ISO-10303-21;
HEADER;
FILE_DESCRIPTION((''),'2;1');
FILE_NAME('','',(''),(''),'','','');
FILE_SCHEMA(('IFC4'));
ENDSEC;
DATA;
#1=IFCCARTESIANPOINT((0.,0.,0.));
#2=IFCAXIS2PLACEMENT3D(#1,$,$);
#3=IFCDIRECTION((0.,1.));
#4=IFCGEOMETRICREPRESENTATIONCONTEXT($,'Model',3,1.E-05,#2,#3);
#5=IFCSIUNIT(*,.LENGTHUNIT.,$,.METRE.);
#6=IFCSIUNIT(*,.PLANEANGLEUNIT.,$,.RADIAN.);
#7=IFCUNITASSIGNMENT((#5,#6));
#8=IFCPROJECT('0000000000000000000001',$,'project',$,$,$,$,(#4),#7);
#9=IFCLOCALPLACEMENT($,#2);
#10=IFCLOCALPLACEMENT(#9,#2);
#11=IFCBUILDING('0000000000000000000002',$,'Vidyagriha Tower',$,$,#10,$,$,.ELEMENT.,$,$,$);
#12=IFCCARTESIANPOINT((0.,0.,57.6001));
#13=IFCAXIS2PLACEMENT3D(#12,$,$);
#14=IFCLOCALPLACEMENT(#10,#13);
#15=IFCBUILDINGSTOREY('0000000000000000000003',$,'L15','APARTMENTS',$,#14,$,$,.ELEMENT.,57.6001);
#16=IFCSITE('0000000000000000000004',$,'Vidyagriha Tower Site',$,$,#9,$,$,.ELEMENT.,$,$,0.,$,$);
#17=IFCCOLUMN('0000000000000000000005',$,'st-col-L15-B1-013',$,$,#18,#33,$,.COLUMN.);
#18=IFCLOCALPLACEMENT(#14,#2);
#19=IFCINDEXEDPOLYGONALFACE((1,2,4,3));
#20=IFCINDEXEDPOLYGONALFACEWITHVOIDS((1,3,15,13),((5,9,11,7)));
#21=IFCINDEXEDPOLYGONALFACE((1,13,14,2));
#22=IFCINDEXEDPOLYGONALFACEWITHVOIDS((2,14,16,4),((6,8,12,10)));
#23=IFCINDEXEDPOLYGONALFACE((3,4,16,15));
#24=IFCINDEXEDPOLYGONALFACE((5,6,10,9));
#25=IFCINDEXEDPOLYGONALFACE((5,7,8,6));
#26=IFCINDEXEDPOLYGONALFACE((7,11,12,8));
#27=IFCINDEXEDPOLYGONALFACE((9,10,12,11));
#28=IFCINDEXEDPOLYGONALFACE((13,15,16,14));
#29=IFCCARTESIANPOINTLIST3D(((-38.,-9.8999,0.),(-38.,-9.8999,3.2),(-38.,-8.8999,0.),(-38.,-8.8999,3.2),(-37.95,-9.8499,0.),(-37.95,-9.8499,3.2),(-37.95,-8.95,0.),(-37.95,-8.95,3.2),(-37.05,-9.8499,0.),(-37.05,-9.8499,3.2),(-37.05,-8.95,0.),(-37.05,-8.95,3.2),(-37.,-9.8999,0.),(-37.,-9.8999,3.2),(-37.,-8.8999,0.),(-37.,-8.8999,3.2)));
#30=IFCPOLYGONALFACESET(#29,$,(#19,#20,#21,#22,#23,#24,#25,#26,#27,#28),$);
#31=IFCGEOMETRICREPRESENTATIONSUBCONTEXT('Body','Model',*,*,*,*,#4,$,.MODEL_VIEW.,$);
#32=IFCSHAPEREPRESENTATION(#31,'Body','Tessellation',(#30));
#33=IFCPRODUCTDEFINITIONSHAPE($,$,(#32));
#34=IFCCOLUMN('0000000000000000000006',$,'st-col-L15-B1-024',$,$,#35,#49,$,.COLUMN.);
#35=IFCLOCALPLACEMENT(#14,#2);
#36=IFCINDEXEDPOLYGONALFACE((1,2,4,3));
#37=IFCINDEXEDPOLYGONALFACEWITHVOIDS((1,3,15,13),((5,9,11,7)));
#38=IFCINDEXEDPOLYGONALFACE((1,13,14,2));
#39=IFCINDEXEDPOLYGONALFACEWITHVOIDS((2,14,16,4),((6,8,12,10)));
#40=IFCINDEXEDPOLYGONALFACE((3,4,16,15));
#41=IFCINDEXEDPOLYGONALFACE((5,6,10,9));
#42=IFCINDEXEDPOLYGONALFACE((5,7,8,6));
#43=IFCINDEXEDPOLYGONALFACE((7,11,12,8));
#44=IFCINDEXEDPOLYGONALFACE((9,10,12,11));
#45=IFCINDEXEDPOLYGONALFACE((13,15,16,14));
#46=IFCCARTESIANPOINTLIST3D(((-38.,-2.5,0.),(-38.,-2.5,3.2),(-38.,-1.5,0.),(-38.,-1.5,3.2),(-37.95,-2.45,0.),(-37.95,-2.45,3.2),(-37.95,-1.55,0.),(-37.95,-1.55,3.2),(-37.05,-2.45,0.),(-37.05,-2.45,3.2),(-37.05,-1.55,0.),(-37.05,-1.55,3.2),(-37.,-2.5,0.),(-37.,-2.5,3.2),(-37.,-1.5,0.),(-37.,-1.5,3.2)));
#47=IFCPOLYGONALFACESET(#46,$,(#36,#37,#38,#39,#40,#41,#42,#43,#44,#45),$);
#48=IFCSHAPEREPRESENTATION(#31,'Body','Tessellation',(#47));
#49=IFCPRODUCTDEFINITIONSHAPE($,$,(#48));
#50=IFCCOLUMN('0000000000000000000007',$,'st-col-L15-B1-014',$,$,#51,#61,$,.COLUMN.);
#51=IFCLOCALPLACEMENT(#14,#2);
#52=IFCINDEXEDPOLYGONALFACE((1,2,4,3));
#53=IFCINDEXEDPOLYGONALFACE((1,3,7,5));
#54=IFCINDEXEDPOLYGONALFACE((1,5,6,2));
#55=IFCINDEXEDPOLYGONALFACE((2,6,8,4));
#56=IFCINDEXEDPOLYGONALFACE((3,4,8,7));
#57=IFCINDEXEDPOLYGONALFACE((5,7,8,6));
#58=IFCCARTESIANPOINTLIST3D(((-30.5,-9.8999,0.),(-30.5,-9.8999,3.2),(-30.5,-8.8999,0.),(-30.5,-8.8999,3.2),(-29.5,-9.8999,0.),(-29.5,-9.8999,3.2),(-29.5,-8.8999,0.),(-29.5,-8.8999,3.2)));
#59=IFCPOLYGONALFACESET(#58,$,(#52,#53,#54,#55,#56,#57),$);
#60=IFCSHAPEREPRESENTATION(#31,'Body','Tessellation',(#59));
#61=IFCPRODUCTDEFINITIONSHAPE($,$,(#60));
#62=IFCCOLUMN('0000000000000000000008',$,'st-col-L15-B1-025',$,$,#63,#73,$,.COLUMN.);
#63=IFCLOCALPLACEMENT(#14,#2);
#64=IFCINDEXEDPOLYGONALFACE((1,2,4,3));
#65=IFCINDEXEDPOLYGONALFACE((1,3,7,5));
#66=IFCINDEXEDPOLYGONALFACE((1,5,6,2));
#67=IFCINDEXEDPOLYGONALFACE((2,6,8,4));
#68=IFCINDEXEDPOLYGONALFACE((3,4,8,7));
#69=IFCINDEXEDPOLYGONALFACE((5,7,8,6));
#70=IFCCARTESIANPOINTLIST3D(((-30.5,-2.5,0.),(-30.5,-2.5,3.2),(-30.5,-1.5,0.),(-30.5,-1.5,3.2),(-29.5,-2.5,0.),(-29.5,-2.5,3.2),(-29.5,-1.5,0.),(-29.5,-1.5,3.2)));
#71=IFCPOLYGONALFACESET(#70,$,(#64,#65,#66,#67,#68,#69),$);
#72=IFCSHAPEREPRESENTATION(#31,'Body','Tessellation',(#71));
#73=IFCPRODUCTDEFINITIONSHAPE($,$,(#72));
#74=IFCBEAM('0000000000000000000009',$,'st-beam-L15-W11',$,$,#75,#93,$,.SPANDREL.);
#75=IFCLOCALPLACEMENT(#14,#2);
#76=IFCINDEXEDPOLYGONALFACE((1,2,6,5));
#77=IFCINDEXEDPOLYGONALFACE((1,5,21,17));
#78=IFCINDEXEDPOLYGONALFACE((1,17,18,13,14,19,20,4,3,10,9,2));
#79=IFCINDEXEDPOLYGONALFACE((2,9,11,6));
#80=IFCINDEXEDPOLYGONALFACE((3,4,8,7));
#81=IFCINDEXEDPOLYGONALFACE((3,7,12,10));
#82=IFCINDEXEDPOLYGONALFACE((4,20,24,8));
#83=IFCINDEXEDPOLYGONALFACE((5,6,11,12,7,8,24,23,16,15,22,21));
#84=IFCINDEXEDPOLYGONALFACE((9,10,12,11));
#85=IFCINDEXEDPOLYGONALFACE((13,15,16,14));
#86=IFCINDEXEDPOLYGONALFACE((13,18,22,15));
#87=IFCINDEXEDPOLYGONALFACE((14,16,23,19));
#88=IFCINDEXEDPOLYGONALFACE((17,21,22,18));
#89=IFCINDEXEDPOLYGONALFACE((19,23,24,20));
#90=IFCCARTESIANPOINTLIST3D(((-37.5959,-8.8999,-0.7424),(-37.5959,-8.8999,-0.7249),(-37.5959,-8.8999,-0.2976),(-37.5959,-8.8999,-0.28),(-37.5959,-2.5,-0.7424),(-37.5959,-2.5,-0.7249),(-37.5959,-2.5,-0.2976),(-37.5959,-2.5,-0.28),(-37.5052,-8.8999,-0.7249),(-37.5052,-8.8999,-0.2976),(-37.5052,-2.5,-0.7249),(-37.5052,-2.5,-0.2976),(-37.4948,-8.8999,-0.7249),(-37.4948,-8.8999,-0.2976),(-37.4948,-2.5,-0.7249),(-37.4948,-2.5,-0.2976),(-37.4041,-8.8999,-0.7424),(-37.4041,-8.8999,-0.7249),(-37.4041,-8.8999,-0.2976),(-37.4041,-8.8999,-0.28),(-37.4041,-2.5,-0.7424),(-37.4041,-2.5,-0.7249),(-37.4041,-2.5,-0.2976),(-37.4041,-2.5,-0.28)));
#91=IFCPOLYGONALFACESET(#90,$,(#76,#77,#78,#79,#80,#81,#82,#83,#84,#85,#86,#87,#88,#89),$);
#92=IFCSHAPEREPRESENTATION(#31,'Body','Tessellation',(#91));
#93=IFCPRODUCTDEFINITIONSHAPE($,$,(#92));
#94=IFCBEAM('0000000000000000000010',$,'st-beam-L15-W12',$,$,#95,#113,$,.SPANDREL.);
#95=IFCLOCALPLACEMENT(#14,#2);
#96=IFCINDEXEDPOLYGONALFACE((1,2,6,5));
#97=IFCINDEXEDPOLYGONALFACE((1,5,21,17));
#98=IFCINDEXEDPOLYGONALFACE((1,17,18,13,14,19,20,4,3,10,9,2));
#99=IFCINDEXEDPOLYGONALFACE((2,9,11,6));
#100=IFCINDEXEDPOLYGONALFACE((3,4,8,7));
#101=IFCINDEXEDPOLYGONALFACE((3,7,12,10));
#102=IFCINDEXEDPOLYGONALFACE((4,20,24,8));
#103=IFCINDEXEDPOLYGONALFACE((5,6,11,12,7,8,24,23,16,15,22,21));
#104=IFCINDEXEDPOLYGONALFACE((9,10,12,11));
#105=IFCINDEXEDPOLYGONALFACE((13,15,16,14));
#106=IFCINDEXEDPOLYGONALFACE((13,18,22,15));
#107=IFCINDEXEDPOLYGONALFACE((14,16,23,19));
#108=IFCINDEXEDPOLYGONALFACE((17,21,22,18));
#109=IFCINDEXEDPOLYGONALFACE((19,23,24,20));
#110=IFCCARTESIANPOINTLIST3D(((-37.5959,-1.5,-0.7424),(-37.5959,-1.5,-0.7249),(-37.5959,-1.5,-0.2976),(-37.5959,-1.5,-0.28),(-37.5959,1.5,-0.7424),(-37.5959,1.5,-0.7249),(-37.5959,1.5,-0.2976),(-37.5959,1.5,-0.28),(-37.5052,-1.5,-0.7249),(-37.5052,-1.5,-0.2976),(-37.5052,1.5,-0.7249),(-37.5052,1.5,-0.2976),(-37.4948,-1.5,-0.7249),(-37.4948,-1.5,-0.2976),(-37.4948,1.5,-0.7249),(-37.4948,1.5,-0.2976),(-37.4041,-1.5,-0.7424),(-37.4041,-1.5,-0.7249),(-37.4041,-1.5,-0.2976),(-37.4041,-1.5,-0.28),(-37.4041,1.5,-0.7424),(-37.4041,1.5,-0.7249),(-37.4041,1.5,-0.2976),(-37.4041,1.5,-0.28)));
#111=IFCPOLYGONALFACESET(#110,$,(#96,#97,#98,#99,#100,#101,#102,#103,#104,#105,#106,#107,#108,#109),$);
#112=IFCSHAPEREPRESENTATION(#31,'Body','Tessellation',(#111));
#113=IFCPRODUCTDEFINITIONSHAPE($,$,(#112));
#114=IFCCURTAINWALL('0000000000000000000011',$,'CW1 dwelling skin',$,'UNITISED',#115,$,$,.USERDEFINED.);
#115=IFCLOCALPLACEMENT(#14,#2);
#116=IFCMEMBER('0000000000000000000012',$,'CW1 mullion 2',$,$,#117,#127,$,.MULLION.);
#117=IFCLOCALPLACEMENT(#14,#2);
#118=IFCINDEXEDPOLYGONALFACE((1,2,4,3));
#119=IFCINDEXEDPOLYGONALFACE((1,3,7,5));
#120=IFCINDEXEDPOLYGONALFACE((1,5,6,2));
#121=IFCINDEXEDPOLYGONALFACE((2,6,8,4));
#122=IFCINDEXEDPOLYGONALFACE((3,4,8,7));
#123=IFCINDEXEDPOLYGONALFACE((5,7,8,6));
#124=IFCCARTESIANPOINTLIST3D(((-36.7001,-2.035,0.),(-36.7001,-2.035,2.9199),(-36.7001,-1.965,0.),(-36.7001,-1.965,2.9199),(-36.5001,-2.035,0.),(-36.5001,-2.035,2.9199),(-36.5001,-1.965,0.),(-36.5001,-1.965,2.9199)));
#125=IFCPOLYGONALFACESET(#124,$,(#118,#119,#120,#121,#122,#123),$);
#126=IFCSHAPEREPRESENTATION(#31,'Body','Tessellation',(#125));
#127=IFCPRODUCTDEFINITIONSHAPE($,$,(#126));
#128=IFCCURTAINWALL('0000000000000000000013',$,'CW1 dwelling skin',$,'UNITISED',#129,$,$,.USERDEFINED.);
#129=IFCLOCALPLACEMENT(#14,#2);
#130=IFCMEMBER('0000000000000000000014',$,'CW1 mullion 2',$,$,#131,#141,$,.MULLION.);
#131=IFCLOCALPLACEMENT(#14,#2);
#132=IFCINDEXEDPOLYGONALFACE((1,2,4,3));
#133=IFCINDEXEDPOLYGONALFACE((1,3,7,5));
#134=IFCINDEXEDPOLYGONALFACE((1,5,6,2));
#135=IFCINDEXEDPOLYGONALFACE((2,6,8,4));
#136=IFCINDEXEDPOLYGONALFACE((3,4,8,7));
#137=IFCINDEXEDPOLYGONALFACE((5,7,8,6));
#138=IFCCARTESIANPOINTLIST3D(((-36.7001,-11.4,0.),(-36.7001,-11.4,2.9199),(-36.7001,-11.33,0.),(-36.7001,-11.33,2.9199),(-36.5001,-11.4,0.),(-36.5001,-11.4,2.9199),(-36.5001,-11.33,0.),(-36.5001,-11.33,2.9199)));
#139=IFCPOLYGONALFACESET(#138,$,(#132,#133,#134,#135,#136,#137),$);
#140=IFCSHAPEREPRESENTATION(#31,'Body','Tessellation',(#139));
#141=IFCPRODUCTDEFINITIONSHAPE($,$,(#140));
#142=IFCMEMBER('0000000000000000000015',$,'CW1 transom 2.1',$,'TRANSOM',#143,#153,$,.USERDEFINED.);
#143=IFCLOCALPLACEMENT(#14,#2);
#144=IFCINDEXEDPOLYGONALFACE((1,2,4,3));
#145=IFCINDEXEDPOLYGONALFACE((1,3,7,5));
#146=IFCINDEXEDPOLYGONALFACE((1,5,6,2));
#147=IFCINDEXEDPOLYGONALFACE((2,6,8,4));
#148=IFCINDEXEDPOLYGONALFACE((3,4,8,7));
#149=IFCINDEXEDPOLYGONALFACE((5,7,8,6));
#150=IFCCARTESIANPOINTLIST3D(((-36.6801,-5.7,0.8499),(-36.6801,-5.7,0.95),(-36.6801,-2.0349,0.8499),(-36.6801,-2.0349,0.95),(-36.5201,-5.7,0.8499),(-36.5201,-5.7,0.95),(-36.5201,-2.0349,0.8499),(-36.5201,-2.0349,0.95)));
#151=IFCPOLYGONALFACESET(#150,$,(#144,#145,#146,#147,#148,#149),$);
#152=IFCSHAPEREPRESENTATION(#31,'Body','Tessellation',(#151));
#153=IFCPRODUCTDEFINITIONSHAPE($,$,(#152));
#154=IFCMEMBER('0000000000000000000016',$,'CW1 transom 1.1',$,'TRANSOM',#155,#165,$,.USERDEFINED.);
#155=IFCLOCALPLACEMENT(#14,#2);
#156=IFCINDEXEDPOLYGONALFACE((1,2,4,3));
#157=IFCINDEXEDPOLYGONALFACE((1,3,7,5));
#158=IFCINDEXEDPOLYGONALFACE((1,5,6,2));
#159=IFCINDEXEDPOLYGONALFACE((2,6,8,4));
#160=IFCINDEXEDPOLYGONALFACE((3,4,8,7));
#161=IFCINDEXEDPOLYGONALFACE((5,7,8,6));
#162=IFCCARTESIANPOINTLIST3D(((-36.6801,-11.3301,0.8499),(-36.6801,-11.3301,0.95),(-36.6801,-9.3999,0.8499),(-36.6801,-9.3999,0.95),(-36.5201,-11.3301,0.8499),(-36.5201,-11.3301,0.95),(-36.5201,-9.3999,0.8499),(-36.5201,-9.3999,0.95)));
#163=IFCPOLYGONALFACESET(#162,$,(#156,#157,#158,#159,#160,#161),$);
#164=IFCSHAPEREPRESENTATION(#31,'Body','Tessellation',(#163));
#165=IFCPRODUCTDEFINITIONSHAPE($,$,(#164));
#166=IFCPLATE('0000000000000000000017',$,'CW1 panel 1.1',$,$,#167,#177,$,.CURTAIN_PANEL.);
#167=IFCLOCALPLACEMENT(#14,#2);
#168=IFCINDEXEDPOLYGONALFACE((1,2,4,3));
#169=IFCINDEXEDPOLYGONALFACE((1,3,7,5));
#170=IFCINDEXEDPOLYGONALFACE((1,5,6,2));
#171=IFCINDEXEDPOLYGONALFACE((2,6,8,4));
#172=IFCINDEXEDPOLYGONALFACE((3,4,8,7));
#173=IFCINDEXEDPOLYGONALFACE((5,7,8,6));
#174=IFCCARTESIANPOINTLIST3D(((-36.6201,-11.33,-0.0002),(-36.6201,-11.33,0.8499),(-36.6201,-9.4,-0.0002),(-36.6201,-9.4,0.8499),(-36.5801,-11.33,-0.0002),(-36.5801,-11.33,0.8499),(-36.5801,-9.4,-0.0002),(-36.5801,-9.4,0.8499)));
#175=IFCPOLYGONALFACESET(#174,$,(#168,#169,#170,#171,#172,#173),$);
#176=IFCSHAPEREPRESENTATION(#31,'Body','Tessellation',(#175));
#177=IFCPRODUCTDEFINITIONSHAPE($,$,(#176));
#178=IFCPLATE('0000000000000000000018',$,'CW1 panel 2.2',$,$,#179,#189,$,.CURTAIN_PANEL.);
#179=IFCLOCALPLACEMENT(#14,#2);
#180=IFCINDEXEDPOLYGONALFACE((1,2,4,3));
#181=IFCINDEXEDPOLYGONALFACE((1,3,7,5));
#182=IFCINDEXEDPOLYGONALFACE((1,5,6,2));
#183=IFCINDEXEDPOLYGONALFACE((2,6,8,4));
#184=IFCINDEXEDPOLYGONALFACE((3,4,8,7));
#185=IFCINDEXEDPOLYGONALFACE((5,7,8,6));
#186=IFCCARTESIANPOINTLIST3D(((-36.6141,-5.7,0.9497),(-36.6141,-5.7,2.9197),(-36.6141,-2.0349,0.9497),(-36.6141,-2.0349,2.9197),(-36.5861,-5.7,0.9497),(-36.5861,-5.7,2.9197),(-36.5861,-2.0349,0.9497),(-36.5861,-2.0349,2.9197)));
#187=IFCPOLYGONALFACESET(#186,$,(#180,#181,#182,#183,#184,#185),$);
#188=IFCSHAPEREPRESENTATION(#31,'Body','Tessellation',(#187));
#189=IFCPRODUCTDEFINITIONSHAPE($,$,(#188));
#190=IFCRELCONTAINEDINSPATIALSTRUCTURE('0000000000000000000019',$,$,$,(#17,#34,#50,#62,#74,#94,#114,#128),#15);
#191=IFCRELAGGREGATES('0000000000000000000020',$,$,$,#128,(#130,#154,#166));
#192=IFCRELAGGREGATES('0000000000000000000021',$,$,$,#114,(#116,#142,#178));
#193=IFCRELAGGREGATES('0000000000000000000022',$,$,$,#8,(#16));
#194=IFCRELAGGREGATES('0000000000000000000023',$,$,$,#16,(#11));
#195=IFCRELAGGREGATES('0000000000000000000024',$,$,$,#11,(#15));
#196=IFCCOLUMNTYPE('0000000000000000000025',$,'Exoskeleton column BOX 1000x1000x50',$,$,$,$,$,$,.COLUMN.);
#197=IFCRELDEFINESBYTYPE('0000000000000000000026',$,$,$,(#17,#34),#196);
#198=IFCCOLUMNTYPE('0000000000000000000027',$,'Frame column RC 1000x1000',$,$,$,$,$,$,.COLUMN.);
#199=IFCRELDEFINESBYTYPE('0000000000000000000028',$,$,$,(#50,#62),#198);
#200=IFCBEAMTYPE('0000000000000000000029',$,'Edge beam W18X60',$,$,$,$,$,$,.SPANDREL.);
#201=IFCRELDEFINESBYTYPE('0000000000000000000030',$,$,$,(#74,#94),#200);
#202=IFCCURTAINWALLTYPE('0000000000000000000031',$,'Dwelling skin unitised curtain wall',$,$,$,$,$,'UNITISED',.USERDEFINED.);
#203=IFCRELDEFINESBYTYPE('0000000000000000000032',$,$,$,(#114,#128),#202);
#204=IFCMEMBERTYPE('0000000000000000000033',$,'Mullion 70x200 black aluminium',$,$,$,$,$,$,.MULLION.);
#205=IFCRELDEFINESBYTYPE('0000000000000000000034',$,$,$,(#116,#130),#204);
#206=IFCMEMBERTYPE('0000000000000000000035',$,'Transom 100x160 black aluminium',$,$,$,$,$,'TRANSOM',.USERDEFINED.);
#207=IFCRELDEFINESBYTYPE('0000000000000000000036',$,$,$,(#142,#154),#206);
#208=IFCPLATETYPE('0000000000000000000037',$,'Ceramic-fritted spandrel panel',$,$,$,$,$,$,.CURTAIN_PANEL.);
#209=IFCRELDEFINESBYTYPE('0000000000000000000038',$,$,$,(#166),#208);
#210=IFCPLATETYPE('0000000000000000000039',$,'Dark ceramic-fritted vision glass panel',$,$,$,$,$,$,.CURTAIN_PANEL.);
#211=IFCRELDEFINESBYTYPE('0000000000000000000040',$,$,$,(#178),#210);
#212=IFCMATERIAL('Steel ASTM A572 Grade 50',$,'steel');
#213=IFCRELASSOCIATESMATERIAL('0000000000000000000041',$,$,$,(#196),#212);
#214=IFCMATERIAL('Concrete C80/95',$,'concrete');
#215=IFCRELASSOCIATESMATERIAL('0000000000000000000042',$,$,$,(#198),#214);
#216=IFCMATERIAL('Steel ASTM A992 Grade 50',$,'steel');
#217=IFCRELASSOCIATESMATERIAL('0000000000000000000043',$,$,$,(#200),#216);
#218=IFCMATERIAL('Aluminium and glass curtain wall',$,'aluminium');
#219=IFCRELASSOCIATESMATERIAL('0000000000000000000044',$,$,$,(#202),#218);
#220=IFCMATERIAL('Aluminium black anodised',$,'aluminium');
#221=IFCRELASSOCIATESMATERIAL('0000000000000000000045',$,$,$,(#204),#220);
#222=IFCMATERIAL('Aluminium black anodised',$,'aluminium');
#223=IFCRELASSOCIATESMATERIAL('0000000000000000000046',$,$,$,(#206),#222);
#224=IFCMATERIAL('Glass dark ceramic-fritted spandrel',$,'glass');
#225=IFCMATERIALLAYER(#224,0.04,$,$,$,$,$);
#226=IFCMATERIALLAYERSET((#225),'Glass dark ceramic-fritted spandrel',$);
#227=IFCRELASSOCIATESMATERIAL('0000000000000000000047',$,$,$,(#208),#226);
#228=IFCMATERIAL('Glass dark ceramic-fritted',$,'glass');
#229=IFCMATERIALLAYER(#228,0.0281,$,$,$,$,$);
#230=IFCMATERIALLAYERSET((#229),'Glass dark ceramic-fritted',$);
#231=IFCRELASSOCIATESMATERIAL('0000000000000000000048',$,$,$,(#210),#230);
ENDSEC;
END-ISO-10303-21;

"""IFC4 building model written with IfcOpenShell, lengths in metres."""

from ifc_helpers import new_model, si_unit, direction, frame, origin, origin_2d, place, context, subcontext, project, spatial, rectangle, hollow_rectangle, i_section, extrude, material, layer, layer_set, material_profile, profile_set, type_object, element, aggregate, save


model = new_model("IFC4")

# Units and contexts
model_context = context("Model", 3, precision=1e-05, world=origin(), true_north=direction((0.0, 1.0)))
body_context = subcontext(model_context, "Body", "Model", "MODEL_VIEW")
ifc_project = project(units=[si_unit("LENGTHUNIT", "METRE"), si_unit("PLANEANGLEUNIT", "RADIAN")], contexts=[model_context])

# Site, building, storey
site_placement = place(None, origin())
site = spatial("IfcSite", under=ifc_project, at=site_placement, Name="Vidyagriha Tower Site", CompositionType="ELEMENT", RefElevation=0.0)
building_placement = place(site_placement, origin())
building = spatial("IfcBuilding", under=site, at=building_placement, Name="Vidyagriha Tower", CompositionType="ELEMENT")
storey_placement = place(building_placement, frame((0.0, 0.0, 57.6001)))
storey = spatial("IfcBuildingStorey", under=building, at=storey_placement, Name="L15", Description="APARTMENTS", CompositionType="ELEMENT", Elevation=57.6001)

# Columns
ifc_material_1 = material(Name="Steel ASTM A572 Grade 50", Category="steel")
ifc_material_profile_1 = material_profile(ifc_material_1, hollow_rectangle(XDim=1.0, YDim=1.0, WallThickness=0.05, at=origin_2d()), Name="BOX 1000x1000x50")
ifc_profile_set_1 = profile_set([ifc_material_profile_1], Name="Steel ASTM A572 Grade 50")
column_type_1 = type_object("IfcColumnType", Name="Exoskeleton column BOX 1000x1000x50", PredefinedType="COLUMN", material=ifc_profile_set_1)
for number, where, name in (
    (1, (-37.5, -9.3999, 0.0), "st-col-L15-B1-013"),
    (2, (-37.5, -2.0, 0.0), "st-col-L15-B1-024"),
):
    element("IfcColumn", number, at=place(storey_placement, frame(where)), inside=storey, type_object=column_type_1, Name=name, PredefinedType="COLUMN", context=body_context, shape_type="SweptSolid", body=[
        extrude(hollow_rectangle(XDim=1.0, YDim=1.0, WallThickness=0.05, at=origin_2d()), origin(), (0.0, 0.0, 1.0), 3.2),
    ])
ifc_material_2 = material(Name="Concrete C80/95", Category="concrete")
ifc_material_profile_2 = material_profile(ifc_material_2, rectangle(XDim=1.0, YDim=1.0, at=origin_2d()), Name="RC 1000x1000")
ifc_profile_set_2 = profile_set([ifc_material_profile_2], Name="Concrete C80/95")
column_type_2 = type_object("IfcColumnType", Name="Frame column RC 1000x1000", PredefinedType="COLUMN", material=ifc_profile_set_2)
for number, where, name in (
    (3, (-30.0, -9.3999, 0.0), "st-col-L15-B1-014"),
    (4, (-30.0, -2.0, 0.0), "st-col-L15-B1-025"),
):
    element("IfcColumn", number, at=place(storey_placement, frame(where)), inside=storey, type_object=column_type_2, Name=name, PredefinedType="COLUMN", context=body_context, shape_type="SweptSolid", body=[
        extrude(rectangle(XDim=1.0, YDim=1.0, at=origin_2d()), origin(), (0.0, 0.0, 1.0), 3.2),
    ])

# Beams
ifc_material_3 = material(Name="Steel ASTM A992 Grade 50", Category="steel")
ifc_material_profile_3 = material_profile(ifc_material_3, i_section(OverallWidth=0.1919, OverallDepth=0.4624, WebThickness=0.0105, FlangeThickness=0.0176, at=origin_2d()), Name="W18X60")
ifc_profile_set_3 = profile_set([ifc_material_profile_3], Name="Steel ASTM A992 Grade 50")
beam_type = type_object("IfcBeamType", Name="Edge beam W18X60", PredefinedType="SPANDREL", material=ifc_profile_set_3)
beam_1_placement = place(storey_placement, frame((-37.5, -8.8999, -0.5112), z_axis=(0.0, 1.0, 0.0), x_axis=(-1.0, 0.0, 0.0)))
element("IfcBeam", 5, at=beam_1_placement, inside=storey, type_object=beam_type, Name="st-beam-L15-W11", PredefinedType="SPANDREL", context=body_context, shape_type="SweptSolid", body=[
    extrude(i_section(OverallWidth=0.1919, OverallDepth=0.4624, WebThickness=0.0105, FlangeThickness=0.0176, at=origin_2d()), origin(), (0.0, 0.0, 1.0), 6.3999),
])
beam_2_placement = place(storey_placement, frame((-37.5, -1.5, -0.5112), z_axis=(0.0, 1.0, 0.0), x_axis=(-1.0, 0.0, 0.0)))
element("IfcBeam", 6, at=beam_2_placement, inside=storey, type_object=beam_type, Name="st-beam-L15-W12", PredefinedType="SPANDREL", context=body_context, shape_type="SweptSolid", body=[
    extrude(i_section(OverallWidth=0.1919, OverallDepth=0.4624, WebThickness=0.0105, FlangeThickness=0.0176, at=origin_2d()), origin(), (0.0, 0.0, 1.0), 3.0),
])

# Curtain walls, members
ifc_material_4 = material(Name="Aluminium and glass curtain wall", Category="aluminium")
curtain_wall_type = type_object("IfcCurtainWallType", Name="Dwelling skin unitised curtain wall", ElementType="UNITISED", PredefinedType="USERDEFINED", material=ifc_material_4)
curtain_wall_1_placement = place(storey_placement, origin())
curtain_wall_1 = element("IfcCurtainWall", 7, at=curtain_wall_1_placement, inside=storey, type_object=curtain_wall_type, Name="CW1 dwelling skin", ObjectType="UNITISED", PredefinedType="USERDEFINED")
ifc_material_5 = material(Name="Aluminium black anodised", Category="aluminium")
ifc_material_profile_4 = material_profile(ifc_material_5, rectangle(XDim=0.2, YDim=0.0701, at=origin_2d()), Name="Mullion 70x200 black aluminium")
ifc_profile_set_4 = profile_set([ifc_material_profile_4], Name="Aluminium black anodised")
member_type_1 = type_object("IfcMemberType", Name="Mullion 70x200 black aluminium", PredefinedType="MULLION", material=ifc_profile_set_4)
member_1_placement = place(storey_placement, frame((-36.6001, -2.0, 0.0)))
member_1 = element("IfcMember", 8, at=member_1_placement, type_object=member_type_1, Name="CW1 mullion 2", PredefinedType="MULLION", context=body_context, shape_type="SweptSolid", body=[
    extrude(rectangle(XDim=0.2, YDim=0.0701, at=origin_2d()), origin(), (0.0, 0.0, 1.0), 2.9199),
])
curtain_wall_2_placement = place(storey_placement, origin())
curtain_wall_2 = element("IfcCurtainWall", 9, at=curtain_wall_2_placement, inside=storey, type_object=curtain_wall_type, Name="CW1 dwelling skin", ObjectType="UNITISED", PredefinedType="USERDEFINED")
member_2_placement = place(storey_placement, frame((-36.6001, -11.365, 0.0)))
member_2 = element("IfcMember", 10, at=member_2_placement, type_object=member_type_1, Name="CW1 mullion 2", PredefinedType="MULLION", context=body_context, shape_type="SweptSolid", body=[
    extrude(rectangle(XDim=0.2, YDim=0.0701, at=origin_2d()), origin(), (0.0, 0.0, 1.0), 2.9199),
])

# Members
ifc_material_6 = material(Name="Aluminium black anodised", Category="aluminium")
ifc_material_profile_5 = material_profile(ifc_material_6, rectangle(XDim=0.1599, YDim=0.1001, at=origin_2d()), Name="Transom 100x160 black aluminium")
ifc_profile_set_5 = profile_set([ifc_material_profile_5], Name="Aluminium black anodised")
member_type_2 = type_object("IfcMemberType", Name="Transom 100x160 black aluminium", ElementType="TRANSOM", PredefinedType="USERDEFINED", material=ifc_profile_set_5)
member_3_placement = place(storey_placement, frame((-36.6001, -2.0349, 0.8999), z_axis=(0.0, -1.0, 0.0), x_axis=(1.0, 0.0, 0.0)))
member_3 = element("IfcMember", 11, at=member_3_placement, type_object=member_type_2, Name="CW1 transom 2.1", ObjectType="TRANSOM", PredefinedType="USERDEFINED", context=body_context, shape_type="SweptSolid", body=[
    extrude(rectangle(XDim=0.1599, YDim=0.1001, at=origin_2d()), origin(), (0.0, 0.0, 1.0), 3.665),
])
member_4_placement = place(storey_placement, frame((-36.6001, -9.3999, 0.8999), z_axis=(0.0, -1.0, 0.0), x_axis=(1.0, 0.0, 0.0)))
member_4 = element("IfcMember", 12, at=member_4_placement, type_object=member_type_2, Name="CW1 transom 1.1", ObjectType="TRANSOM", PredefinedType="USERDEFINED", context=body_context, shape_type="SweptSolid", body=[
    extrude(rectangle(XDim=0.1599, YDim=0.1001, at=origin_2d()), origin(), (0.0, 0.0, 1.0), 1.9302),
])

# Plates
ifc_material_7 = material(Name="Glass dark ceramic-fritted spandrel", Category="glass")
ifc_layer_1 = layer(ifc_material_7, 0.04)
ifc_layer_set_1 = layer_set([ifc_layer_1], Name="Glass dark ceramic-fritted spandrel")
plate_type_1 = type_object("IfcPlateType", Name="Ceramic-fritted spandrel panel", PredefinedType="CURTAIN_PANEL", material=ifc_layer_set_1)
plate_1_placement = place(storey_placement, frame((-36.6001, -10.365, -0.0002), z_axis=(0.0, 0.0, 1.0), x_axis=(0.0, -1.0, 0.0)))
plate_1 = element("IfcPlate", 13, at=plate_1_placement, type_object=plate_type_1, Name="CW1 panel 1.1", PredefinedType="CURTAIN_PANEL", context=body_context, shape_type="SweptSolid", body=[
    extrude(rectangle(XDim=1.9299, YDim=0.04, at=origin_2d()), origin(), (0.0, 0.0, 1.0), 0.8501),
])
ifc_material_8 = material(Name="Glass dark ceramic-fritted", Category="glass")
ifc_layer_2 = layer(ifc_material_8, 0.0281)
ifc_layer_set_2 = layer_set([ifc_layer_2], Name="Glass dark ceramic-fritted")
plate_type_2 = type_object("IfcPlateType", Name="Dark ceramic-fritted vision glass panel", PredefinedType="CURTAIN_PANEL", material=ifc_layer_set_2)
plate_2_placement = place(storey_placement, frame((-36.6001, -3.8674, 0.9497), z_axis=(0.0, 0.0, 1.0), x_axis=(0.0, -1.0, 0.0)))
plate_2 = element("IfcPlate", 14, at=plate_2_placement, type_object=plate_type_2, Name="CW1 panel 2.2", PredefinedType="CURTAIN_PANEL", context=body_context, shape_type="SweptSolid", body=[
    extrude(rectangle(XDim=3.665, YDim=0.0281, at=origin_2d()), origin(), (0.0, 0.0, 1.0), 1.97),
])
aggregate(curtain_wall_2, [member_2, member_4, plate_1])
aggregate(curtain_wall_1, [member_1, member_3, plate_2])

save(model, "model.ifc")
